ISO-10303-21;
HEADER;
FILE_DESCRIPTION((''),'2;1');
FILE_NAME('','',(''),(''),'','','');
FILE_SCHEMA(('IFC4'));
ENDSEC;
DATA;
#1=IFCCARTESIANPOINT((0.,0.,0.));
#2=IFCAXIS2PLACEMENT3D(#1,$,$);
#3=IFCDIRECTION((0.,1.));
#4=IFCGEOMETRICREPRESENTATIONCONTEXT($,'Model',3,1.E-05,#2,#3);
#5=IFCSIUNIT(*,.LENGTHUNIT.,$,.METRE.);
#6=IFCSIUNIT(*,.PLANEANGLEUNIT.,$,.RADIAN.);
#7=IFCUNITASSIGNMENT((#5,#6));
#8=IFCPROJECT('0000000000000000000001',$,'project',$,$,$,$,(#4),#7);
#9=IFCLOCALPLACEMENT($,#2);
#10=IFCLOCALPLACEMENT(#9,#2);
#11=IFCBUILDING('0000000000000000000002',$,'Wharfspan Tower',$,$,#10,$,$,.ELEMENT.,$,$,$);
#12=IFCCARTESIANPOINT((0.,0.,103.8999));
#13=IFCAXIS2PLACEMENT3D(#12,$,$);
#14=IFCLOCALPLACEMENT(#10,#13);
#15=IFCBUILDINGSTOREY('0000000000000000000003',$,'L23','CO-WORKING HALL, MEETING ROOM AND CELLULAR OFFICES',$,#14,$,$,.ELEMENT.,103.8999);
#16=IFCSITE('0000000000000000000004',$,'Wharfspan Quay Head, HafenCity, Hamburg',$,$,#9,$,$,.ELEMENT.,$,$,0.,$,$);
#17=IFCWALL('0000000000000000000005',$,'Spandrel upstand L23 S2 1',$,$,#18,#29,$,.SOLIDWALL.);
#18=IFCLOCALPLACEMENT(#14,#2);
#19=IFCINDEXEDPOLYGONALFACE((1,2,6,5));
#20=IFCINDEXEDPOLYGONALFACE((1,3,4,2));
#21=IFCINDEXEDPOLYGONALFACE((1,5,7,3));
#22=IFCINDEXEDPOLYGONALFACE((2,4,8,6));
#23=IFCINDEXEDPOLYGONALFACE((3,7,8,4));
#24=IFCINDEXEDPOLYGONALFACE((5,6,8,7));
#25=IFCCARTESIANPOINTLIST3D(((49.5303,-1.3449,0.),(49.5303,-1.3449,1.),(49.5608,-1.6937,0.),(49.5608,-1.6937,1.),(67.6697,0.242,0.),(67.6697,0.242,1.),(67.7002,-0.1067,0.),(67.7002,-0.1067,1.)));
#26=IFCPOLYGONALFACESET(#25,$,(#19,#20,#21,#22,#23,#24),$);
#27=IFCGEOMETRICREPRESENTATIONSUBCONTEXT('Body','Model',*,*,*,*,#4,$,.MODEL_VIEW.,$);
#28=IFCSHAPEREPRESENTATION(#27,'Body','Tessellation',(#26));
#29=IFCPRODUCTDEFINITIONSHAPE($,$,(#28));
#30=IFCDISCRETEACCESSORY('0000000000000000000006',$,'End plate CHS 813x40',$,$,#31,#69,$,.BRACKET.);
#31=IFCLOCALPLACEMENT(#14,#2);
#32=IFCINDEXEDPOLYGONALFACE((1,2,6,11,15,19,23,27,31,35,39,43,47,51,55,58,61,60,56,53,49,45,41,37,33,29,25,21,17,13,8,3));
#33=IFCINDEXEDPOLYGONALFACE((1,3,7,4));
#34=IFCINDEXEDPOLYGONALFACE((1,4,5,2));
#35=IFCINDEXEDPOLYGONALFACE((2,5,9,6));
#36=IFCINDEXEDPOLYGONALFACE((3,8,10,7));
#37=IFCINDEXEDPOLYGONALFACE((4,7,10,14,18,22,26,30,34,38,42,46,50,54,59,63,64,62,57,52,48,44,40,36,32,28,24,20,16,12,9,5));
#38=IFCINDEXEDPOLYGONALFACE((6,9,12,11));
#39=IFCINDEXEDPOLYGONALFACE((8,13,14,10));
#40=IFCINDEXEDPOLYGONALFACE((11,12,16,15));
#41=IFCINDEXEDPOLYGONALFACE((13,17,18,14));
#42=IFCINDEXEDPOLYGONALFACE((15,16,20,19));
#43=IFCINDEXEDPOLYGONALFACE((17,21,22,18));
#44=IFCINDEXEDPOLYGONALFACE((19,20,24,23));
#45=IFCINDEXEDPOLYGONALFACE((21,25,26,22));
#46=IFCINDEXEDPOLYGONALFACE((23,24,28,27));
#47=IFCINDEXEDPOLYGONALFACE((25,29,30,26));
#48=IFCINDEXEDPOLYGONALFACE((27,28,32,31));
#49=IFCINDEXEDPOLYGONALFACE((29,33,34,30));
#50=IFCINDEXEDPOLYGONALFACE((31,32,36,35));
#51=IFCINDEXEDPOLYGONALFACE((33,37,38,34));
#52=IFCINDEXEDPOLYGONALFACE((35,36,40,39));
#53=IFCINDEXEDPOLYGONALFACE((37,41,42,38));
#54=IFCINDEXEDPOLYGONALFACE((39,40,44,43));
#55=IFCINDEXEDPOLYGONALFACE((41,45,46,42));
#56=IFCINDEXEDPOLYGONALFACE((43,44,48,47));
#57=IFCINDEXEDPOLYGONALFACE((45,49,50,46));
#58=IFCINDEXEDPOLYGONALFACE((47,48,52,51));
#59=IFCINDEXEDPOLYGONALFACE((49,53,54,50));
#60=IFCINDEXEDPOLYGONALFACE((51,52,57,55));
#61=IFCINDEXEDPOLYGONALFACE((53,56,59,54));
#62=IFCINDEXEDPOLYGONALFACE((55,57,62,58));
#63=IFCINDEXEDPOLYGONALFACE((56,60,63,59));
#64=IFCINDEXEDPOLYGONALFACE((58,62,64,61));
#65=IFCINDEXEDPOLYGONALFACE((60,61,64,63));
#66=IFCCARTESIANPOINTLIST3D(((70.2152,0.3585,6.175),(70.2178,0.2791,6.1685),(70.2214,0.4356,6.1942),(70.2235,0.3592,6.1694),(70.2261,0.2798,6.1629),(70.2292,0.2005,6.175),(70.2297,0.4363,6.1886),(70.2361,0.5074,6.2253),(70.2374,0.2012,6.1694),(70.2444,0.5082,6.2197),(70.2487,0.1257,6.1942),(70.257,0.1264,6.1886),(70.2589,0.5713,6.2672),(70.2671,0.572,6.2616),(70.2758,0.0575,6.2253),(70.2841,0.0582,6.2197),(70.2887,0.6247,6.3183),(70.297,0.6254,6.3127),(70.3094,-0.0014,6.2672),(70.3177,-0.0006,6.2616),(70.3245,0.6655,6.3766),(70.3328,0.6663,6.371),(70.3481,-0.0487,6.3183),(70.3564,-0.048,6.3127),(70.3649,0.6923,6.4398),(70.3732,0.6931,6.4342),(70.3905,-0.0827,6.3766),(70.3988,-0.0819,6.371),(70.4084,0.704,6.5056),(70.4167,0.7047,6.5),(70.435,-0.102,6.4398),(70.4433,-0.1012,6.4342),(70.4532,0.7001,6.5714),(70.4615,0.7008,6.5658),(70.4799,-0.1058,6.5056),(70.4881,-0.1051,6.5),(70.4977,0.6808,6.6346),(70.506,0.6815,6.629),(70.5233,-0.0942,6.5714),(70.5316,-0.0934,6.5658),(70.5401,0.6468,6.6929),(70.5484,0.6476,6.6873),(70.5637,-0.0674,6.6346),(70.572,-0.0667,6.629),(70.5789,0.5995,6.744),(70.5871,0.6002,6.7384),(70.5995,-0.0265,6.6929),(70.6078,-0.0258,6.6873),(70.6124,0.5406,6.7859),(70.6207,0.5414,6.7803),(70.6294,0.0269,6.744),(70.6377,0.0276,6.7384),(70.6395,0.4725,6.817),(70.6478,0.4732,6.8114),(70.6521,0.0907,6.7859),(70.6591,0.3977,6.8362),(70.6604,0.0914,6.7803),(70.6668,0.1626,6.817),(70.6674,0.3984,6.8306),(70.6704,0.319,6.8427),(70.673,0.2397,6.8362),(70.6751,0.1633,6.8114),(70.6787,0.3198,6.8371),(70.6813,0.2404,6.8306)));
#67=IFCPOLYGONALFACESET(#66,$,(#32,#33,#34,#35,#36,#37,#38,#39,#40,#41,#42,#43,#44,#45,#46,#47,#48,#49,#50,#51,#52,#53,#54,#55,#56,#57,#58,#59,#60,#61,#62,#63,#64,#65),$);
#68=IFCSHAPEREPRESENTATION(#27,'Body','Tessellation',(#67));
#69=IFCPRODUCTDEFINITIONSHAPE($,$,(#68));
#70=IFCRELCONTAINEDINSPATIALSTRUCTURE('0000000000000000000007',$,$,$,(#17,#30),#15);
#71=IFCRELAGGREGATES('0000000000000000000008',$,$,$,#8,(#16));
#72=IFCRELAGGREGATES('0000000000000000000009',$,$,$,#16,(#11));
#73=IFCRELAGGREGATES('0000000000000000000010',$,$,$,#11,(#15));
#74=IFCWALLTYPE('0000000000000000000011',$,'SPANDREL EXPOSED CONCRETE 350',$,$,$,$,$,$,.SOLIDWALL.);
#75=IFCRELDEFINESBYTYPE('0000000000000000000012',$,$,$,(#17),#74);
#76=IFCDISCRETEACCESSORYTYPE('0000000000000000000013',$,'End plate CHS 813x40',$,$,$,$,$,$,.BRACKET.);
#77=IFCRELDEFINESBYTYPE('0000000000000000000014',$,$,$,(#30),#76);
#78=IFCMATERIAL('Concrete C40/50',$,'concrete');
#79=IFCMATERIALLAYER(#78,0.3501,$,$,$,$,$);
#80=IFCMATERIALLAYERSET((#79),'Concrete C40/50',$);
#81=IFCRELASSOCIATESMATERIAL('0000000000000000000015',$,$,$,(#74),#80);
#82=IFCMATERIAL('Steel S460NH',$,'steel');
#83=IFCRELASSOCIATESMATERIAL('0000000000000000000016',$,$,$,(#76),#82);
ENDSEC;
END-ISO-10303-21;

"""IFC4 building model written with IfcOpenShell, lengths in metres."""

from ifc_helpers import new_model, si_unit, direction, frame, frame_2d, origin, origin_2d, place, context, subcontext, project, spatial, rectangle, circle, extrude, material, layer, layer_set, material_profile, profile_set, type_object, element, save


model = new_model("IFC4")

# Units and contexts
model_context = context("Model", 3, precision=1e-05, world=origin(), true_north=direction((0.0, 1.0)))
body_context = subcontext(model_context, "Body", "Model", "MODEL_VIEW")
ifc_project = project(units=[si_unit("LENGTHUNIT", "METRE"), si_unit("PLANEANGLEUNIT", "RADIAN")], contexts=[model_context])

# Site, building, storey
site_placement = place(None, origin())
site = spatial("IfcSite", under=ifc_project, at=site_placement, Name="Wharfspan Quay Head, HafenCity, Hamburg", CompositionType="ELEMENT", RefElevation=0.0)
building_placement = place(site_placement, origin())
building = spatial("IfcBuilding", under=site, at=building_placement, Name="Wharfspan Tower", CompositionType="ELEMENT")
storey_placement = place(building_placement, frame((0.0, 0.0, 103.8999)))
storey = spatial("IfcBuildingStorey", under=building, at=storey_placement, Name="L23", Description="CO-WORKING HALL, MEETING ROOM AND CELLULAR OFFICES", CompositionType="ELEMENT", Elevation=103.8999)

# Wall
ifc_material_1 = material(Name="Concrete C40/50", Category="concrete")
ifc_layer_1 = layer(ifc_material_1, 0.3501)
ifc_layer_set_1 = layer_set([ifc_layer_1], Name="Concrete C40/50")
wall_type_1 = type_object("IfcWallType", Name="SPANDREL EXPOSED CONCRETE 350", PredefinedType="SOLIDWALL", material=ifc_layer_set_1)
wall_1_placement = place(storey_placement, frame((49.5454, -1.5193, 0.0), z_axis=(0.0, 0.0, 1.0), x_axis=(0.996191, 0.087151, 0.0)))
element("IfcWall", 1, at=wall_1_placement, inside=storey, type_object=wall_type_1, Name="Spandrel upstand L23 S2 1", PredefinedType="SOLIDWALL", context=body_context, shape_type="SweptSolid", body=[
    extrude(rectangle(XDim=18.2087, YDim=0.3501, at=frame_2d((9.1045, 0.0))), origin(), (0.0, 0.0, 1.0), 1.0),
])

# Discrete accessory
ifc_material_2 = material(Name="Steel S460NH", Category="steel")
ifc_material_profile_1 = material_profile(ifc_material_2, circle(Radius=0.4065, at=origin_2d()))
ifc_profile_set_1 = profile_set([ifc_material_profile_1], Name="Steel S460NH")
discrete_accessory_type = type_object("IfcDiscreteAccessoryType", Name="End plate CHS 813x40", PredefinedType="BRACKET", material=ifc_profile_set_1)
discrete_accessory_placement = place(storey_placement, frame((70.4524, 0.2998, 6.5), z_axis=(-0.82608, -0.072889, 0.558819), x_axis=(0.087894, -0.99613, 0.000001)))
element("IfcDiscreteAccessory", 2, at=discrete_accessory_placement, inside=storey, type_object=discrete_accessory_type, Name="End plate CHS 813x40", PredefinedType="BRACKET", context=body_context, shape_type="SweptSolid", body=[
    extrude(circle(Radius=0.4065, at=origin_2d()), origin(), (0.0, 0.0, 1.0), 0.01),
])

save(model, "model.ifc")
